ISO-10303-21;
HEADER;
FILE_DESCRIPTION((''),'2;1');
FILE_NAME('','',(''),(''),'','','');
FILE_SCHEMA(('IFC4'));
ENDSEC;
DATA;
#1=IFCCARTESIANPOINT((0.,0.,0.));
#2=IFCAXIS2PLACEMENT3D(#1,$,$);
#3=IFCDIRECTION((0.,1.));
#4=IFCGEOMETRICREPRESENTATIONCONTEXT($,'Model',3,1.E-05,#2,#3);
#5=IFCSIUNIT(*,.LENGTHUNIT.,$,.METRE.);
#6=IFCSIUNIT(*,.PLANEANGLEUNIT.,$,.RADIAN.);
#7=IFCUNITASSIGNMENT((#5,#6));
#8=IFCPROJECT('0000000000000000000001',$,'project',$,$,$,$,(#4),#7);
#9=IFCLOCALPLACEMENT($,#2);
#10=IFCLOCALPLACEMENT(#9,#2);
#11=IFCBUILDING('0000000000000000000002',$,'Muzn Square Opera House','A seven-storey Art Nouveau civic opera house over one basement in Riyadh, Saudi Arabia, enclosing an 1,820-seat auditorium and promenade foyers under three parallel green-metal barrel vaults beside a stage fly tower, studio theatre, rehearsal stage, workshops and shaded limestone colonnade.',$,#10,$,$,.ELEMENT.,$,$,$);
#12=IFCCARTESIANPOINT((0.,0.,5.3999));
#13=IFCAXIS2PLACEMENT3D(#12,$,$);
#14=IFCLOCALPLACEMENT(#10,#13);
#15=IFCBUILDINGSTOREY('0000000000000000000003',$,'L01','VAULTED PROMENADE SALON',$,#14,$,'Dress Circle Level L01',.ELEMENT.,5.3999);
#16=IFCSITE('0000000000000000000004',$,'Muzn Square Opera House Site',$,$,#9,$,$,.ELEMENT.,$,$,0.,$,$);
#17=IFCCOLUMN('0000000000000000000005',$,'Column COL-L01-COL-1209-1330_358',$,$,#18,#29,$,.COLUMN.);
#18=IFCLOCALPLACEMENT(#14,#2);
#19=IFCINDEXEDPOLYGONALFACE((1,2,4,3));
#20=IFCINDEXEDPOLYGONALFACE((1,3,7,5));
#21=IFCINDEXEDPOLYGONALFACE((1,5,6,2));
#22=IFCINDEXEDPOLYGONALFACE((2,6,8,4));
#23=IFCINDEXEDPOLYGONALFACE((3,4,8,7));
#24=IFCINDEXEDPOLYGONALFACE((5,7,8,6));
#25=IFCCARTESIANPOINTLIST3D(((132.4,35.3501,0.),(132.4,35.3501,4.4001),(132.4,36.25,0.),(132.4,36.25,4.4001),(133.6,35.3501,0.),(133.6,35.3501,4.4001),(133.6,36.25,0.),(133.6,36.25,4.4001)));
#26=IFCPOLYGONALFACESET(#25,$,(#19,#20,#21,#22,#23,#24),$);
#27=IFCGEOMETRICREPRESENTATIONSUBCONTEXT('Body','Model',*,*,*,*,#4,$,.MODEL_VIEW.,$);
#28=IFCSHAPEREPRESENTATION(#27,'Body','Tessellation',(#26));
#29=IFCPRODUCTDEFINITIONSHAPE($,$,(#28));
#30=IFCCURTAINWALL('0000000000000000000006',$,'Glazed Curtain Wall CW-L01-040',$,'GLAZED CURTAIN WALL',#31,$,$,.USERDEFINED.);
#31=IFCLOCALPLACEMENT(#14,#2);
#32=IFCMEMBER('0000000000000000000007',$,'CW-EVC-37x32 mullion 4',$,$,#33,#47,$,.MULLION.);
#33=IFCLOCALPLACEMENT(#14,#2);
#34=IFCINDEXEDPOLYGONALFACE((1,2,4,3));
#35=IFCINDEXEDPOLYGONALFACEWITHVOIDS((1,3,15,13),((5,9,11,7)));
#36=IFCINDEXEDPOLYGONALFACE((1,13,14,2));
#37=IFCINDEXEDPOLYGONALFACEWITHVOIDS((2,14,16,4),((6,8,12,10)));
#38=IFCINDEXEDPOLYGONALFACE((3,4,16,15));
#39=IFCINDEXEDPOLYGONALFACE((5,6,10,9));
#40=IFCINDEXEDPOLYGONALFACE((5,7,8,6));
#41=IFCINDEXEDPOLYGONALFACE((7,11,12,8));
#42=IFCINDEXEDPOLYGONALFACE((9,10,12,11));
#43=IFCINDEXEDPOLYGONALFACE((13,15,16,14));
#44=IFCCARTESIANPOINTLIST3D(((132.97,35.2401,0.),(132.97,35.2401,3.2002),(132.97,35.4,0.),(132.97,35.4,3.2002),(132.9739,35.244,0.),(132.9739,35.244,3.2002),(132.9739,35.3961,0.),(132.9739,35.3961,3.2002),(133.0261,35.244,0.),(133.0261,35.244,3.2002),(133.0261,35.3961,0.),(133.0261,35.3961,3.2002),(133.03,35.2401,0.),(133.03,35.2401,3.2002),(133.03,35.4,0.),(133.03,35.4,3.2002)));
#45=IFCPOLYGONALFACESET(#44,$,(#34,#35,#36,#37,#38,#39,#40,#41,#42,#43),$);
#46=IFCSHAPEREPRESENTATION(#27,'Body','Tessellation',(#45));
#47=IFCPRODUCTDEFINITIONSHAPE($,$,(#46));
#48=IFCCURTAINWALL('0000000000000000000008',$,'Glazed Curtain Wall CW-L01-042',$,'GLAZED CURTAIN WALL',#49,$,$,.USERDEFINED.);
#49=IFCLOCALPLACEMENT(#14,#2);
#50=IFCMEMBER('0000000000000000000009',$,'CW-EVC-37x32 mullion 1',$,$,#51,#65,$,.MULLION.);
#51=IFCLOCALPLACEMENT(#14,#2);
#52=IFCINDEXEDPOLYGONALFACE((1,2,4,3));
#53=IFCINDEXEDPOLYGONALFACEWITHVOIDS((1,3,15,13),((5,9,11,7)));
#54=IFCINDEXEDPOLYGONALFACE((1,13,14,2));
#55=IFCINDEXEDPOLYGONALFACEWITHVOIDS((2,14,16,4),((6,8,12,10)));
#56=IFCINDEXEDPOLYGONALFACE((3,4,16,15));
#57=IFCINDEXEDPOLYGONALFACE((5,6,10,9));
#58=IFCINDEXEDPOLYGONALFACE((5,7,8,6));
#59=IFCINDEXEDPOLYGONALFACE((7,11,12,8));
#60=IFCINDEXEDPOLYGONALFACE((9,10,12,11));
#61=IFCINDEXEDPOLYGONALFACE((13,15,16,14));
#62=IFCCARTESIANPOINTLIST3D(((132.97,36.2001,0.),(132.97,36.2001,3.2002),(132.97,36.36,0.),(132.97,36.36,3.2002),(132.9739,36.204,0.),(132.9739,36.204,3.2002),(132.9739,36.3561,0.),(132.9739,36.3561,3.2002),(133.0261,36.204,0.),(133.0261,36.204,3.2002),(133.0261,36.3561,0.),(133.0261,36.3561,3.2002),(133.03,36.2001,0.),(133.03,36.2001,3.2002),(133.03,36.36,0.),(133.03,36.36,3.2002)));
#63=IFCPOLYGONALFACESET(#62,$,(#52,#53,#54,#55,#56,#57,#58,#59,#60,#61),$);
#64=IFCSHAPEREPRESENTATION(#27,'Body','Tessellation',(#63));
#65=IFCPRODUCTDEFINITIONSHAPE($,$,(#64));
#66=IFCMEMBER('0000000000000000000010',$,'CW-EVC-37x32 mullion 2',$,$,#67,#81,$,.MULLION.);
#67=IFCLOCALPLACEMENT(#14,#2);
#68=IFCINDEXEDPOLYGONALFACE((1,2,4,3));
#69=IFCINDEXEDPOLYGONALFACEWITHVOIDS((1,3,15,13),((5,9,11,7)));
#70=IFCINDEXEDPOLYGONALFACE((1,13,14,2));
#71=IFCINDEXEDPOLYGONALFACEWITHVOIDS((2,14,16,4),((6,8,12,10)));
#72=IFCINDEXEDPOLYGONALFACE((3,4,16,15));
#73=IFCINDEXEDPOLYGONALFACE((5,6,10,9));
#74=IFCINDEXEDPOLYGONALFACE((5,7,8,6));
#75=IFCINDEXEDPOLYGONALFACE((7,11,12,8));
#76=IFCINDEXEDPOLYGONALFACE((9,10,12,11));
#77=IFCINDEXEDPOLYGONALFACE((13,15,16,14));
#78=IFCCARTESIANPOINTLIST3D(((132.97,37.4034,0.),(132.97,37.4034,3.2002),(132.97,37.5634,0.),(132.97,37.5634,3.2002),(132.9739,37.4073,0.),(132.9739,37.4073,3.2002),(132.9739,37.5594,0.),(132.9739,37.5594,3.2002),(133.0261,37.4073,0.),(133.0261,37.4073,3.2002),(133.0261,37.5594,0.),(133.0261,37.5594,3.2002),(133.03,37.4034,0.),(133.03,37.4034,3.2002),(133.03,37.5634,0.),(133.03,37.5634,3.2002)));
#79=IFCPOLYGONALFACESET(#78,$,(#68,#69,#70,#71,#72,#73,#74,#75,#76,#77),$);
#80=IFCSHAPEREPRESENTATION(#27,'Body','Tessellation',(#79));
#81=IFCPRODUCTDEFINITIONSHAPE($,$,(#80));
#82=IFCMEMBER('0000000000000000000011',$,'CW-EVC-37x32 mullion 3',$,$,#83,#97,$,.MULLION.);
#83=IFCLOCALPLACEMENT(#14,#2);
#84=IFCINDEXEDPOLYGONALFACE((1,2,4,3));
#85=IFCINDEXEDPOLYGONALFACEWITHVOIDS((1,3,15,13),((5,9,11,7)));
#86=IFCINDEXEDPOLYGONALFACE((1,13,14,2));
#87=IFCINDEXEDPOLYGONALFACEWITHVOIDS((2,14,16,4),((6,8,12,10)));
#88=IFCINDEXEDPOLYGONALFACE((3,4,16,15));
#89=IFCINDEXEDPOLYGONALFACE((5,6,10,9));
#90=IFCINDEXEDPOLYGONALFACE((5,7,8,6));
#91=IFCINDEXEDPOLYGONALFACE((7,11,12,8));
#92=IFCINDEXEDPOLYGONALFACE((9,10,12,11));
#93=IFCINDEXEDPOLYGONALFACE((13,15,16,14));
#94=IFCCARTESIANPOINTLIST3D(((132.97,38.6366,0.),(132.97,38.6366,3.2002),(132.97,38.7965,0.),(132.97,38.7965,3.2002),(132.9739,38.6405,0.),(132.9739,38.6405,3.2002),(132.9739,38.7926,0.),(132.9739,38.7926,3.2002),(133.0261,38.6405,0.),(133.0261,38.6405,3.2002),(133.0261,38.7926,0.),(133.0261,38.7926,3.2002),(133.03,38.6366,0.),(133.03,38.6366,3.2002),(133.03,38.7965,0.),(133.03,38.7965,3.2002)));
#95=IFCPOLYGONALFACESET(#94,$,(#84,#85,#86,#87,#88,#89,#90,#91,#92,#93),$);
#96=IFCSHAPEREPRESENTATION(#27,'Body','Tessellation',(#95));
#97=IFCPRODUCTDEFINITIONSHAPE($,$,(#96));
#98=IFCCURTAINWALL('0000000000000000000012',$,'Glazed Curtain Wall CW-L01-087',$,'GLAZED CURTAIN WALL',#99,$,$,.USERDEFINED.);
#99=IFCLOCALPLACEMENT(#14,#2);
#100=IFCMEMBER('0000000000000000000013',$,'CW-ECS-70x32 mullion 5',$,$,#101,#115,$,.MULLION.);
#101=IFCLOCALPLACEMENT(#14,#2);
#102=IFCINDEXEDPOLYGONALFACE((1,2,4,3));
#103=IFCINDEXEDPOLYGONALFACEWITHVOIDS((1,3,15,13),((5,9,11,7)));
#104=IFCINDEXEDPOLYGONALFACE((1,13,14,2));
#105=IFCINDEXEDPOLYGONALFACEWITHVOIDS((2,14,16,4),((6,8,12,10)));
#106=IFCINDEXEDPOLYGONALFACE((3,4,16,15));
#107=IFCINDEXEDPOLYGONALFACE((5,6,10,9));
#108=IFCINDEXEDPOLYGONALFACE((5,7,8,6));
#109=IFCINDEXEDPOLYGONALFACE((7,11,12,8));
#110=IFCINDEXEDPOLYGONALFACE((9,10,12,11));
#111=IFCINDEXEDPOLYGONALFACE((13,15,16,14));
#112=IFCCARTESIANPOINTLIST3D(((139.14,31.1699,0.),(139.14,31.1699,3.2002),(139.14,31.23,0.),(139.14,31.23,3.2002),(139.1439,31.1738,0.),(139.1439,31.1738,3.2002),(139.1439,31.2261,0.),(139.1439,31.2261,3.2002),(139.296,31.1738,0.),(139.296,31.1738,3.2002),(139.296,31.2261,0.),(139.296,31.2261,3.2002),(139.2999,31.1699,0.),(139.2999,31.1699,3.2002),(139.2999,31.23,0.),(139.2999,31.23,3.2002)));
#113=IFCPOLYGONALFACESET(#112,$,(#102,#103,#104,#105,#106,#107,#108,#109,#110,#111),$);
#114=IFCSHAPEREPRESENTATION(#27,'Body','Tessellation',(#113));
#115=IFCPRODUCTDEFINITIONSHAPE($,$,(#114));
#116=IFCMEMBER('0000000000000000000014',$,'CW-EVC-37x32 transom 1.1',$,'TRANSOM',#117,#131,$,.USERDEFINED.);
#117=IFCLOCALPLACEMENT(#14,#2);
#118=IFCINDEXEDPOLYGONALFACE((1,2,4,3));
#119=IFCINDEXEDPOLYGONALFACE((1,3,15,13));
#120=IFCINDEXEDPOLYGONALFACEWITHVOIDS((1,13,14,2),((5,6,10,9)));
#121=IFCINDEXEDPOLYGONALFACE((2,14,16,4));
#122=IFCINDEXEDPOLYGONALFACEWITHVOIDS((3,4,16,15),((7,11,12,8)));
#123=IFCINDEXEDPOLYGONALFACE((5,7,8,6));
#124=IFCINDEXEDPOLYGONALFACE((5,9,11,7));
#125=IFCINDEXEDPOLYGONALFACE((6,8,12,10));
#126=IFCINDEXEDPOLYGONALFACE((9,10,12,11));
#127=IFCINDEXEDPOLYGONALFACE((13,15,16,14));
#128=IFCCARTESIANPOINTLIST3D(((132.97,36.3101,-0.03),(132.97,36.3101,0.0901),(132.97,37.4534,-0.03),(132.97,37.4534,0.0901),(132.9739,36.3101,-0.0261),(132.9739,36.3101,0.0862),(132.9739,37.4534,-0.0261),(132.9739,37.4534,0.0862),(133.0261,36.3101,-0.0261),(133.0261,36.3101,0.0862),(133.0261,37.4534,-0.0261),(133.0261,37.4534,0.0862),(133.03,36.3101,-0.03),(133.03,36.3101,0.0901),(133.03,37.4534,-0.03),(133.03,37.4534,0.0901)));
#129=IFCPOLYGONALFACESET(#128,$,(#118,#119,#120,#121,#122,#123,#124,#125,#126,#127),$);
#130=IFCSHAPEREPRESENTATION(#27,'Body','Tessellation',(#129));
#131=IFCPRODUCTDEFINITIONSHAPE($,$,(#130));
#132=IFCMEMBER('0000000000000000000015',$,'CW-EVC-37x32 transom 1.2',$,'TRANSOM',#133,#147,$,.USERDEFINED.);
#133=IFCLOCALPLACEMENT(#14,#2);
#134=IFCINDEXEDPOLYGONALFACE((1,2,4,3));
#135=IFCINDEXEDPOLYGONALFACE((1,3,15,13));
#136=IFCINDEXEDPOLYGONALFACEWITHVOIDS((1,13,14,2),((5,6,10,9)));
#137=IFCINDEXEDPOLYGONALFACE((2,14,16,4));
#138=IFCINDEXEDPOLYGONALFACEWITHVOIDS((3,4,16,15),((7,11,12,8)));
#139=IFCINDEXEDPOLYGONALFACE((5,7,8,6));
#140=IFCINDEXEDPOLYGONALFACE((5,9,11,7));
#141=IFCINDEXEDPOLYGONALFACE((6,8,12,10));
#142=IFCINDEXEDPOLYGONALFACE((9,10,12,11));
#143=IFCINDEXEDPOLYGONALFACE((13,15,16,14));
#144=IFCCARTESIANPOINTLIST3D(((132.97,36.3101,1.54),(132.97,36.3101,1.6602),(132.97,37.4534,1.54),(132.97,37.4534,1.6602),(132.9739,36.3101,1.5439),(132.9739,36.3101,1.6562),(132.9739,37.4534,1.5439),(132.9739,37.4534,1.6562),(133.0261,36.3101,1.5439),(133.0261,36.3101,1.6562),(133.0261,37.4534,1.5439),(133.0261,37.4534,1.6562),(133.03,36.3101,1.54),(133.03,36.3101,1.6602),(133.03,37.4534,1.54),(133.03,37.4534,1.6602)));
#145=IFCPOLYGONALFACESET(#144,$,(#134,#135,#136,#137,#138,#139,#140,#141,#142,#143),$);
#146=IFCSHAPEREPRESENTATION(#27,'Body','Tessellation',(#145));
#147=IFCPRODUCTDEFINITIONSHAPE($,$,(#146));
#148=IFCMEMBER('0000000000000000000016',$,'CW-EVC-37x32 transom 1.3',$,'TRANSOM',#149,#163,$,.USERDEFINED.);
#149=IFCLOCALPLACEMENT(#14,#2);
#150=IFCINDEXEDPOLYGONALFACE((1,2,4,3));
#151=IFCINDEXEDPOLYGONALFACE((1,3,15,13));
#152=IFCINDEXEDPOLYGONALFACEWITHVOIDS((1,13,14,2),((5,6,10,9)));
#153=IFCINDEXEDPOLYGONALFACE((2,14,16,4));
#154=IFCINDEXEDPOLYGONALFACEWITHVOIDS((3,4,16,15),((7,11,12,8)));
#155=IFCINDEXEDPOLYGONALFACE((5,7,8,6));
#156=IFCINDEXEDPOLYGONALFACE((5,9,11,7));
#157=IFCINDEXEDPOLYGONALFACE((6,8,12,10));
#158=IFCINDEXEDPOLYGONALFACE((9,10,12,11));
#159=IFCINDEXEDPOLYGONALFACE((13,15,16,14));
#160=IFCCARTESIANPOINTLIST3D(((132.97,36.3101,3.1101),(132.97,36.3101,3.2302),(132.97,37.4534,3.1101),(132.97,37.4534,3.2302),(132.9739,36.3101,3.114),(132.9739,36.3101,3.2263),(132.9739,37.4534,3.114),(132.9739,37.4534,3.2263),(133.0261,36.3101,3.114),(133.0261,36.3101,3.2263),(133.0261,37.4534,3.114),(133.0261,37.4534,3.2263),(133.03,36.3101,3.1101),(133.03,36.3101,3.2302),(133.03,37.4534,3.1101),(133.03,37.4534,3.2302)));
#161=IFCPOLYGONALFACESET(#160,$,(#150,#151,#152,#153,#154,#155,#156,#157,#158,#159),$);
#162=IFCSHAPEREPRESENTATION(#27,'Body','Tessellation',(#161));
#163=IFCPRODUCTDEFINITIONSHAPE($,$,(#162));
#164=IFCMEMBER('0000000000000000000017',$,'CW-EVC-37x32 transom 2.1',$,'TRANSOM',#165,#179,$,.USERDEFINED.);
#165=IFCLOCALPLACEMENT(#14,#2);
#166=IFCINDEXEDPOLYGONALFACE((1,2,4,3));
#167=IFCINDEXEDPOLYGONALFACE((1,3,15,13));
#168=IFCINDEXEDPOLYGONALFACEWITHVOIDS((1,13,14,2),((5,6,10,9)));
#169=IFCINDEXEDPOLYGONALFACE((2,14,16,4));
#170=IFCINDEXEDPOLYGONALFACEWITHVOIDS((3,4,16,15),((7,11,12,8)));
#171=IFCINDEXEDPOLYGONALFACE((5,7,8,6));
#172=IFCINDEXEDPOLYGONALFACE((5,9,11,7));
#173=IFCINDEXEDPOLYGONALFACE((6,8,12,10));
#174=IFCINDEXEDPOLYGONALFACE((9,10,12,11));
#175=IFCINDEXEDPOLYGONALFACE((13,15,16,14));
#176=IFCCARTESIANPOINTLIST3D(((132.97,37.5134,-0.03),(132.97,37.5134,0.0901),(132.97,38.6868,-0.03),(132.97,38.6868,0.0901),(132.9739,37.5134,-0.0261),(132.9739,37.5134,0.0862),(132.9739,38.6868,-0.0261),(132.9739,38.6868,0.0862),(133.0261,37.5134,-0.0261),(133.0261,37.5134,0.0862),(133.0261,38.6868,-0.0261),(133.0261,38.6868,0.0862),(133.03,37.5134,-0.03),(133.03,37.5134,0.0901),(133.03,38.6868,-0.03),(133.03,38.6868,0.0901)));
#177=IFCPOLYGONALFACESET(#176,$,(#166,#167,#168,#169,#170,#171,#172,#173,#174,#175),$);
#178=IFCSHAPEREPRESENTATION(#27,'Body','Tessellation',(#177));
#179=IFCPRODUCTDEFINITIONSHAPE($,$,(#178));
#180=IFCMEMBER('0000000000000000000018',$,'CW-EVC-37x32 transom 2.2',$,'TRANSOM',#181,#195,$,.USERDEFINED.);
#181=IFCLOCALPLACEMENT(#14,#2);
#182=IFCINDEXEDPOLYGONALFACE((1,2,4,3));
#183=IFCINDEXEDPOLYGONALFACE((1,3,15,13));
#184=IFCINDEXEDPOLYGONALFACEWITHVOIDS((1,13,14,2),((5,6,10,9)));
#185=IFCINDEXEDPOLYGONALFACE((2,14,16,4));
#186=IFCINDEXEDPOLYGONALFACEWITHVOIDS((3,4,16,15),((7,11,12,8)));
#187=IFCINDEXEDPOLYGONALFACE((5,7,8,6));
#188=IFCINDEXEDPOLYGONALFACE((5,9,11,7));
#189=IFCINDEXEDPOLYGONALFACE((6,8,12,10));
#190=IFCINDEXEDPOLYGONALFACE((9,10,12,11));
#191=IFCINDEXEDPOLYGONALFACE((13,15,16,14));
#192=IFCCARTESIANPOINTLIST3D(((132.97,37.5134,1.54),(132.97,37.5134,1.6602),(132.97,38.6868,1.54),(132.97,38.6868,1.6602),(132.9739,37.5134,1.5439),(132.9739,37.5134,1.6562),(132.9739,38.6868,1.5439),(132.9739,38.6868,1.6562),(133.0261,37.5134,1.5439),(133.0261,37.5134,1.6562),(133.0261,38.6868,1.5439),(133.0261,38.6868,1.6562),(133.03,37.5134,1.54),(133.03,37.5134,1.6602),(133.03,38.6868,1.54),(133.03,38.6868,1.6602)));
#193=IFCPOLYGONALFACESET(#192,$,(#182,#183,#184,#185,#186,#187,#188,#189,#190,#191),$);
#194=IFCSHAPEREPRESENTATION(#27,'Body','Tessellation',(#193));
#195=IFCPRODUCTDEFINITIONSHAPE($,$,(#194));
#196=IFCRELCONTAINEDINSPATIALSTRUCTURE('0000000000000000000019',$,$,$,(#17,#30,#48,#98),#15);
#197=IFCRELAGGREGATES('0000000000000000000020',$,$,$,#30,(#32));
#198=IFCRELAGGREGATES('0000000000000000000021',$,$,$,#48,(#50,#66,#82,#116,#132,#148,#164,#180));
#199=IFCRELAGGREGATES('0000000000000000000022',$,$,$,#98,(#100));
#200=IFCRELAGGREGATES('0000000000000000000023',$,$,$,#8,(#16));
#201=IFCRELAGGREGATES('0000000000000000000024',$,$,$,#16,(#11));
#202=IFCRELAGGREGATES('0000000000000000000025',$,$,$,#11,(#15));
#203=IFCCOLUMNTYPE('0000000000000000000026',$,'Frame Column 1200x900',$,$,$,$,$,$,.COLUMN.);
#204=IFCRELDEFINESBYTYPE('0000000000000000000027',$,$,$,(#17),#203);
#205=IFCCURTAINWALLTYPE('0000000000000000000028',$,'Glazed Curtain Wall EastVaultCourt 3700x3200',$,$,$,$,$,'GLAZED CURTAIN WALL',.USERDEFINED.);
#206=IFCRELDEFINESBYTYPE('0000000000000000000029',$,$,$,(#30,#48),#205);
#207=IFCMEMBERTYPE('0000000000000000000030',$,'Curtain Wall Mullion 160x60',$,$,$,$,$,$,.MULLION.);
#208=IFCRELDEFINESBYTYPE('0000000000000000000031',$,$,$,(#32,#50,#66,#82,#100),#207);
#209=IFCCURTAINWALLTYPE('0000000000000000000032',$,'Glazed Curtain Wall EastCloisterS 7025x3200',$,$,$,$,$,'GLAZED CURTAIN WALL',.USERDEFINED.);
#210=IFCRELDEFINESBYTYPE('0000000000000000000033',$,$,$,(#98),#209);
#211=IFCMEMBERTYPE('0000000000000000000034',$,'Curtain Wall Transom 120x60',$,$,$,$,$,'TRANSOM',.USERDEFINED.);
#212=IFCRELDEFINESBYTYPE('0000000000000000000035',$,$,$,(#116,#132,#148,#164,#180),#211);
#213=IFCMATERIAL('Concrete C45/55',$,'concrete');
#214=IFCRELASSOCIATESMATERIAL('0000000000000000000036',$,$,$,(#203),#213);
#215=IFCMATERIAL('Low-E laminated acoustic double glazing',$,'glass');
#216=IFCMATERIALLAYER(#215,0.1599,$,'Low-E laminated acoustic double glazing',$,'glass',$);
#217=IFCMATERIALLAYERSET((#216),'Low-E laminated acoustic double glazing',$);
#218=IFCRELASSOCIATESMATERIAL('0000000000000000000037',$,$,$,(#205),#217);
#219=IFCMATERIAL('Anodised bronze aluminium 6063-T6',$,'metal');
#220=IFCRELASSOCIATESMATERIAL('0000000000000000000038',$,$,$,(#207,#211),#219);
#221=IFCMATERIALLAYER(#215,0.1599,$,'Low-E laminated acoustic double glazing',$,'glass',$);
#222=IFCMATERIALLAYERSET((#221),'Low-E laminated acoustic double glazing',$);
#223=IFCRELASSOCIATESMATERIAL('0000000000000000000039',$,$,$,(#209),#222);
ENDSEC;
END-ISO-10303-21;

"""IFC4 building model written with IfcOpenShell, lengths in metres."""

from ifc_helpers import new_model, si_unit, direction, frame, origin, origin_2d, place, context, subcontext, project, spatial, rectangle, hollow_rectangle, extrude, material, layer, layer_set, material_profile, profile_set, type_object, element, aggregate, save


model = new_model("IFC4")

# Units and contexts
model_context = context("Model", 3, precision=1e-05, world=origin(), true_north=direction((0.0, 1.0)))
body_context = subcontext(model_context, "Body", "Model", "MODEL_VIEW")
ifc_project = project(units=[si_unit("LENGTHUNIT", "METRE"), si_unit("PLANEANGLEUNIT", "RADIAN")], contexts=[model_context])

# Site, building, storey
site_placement = place(None, origin())
site = spatial("IfcSite", under=ifc_project, at=site_placement, Name="Muzn Square Opera House Site", CompositionType="ELEMENT", RefElevation=0.0)
building_placement = place(site_placement, origin())
building = spatial("IfcBuilding", under=site, at=building_placement, Name="Muzn Square Opera House", Description="A seven-storey Art Nouveau civic opera house over one basement in Riyadh, Saudi Arabia, enclosing an 1,820-seat auditorium and promenade foyers under three parallel green-metal barrel vaults beside a stage fly tower, studio theatre, rehearsal stage, workshops and shaded limestone colonnade.", CompositionType="ELEMENT")
storey_placement = place(building_placement, frame((0.0, 0.0, 5.3999)))
storey = spatial("IfcBuildingStorey", under=building, at=storey_placement, Name="L01", Description="VAULTED PROMENADE SALON", LongName="Dress Circle Level L01", CompositionType="ELEMENT", Elevation=5.3999)

# Column
ifc_material_1 = material(Name="Concrete C45/55", Category="concrete")
ifc_material_profile_1 = material_profile(ifc_material_1, rectangle(XDim=1.2, YDim=0.8999, at=origin_2d()), Name="RC 1200x900", Category="concrete")
ifc_profile_set_1 = profile_set([ifc_material_profile_1], Name="Concrete C45/55")
column_type = type_object("IfcColumnType", Name="Frame Column 1200x900", PredefinedType="COLUMN", material=ifc_profile_set_1)
column_placement = place(storey_placement, frame((133.0, 35.8, 0.0), z_axis=(0.0, 0.0, 1.0), x_axis=(1.0, 0.0, 0.0)))
element("IfcColumn", 1, at=column_placement, inside=storey, type_object=column_type, Name="Column COL-L01-COL-1209-1330_358", PredefinedType="COLUMN", context=body_context, shape_type="SweptSolid", body=[
    extrude(rectangle(XDim=1.2, YDim=0.8999, at=origin_2d()), origin(), (0.0, 0.0, 1.0), 4.4001),
])

# Curtain wall, member
ifc_material_2 = material(Name="Low-E laminated acoustic double glazing", Category="glass")
ifc_layer_1 = layer(ifc_material_2, 0.1599, Name="Low-E laminated acoustic double glazing", Category="glass")
ifc_layer_set_1 = layer_set([ifc_layer_1], Name="Low-E laminated acoustic double glazing")
curtain_wall_type_1 = type_object("IfcCurtainWallType", Name="Glazed Curtain Wall EastVaultCourt 3700x3200", ElementType="GLAZED CURTAIN WALL", PredefinedType="USERDEFINED", material=ifc_layer_set_1)
curtain_wall_1_placement = place(storey_placement, origin())
curtain_wall_1 = element("IfcCurtainWall", 2, at=curtain_wall_1_placement, inside=storey, type_object=curtain_wall_type_1, Name="Glazed Curtain Wall CW-L01-040", ObjectType="GLAZED CURTAIN WALL", PredefinedType="USERDEFINED")
ifc_material_3 = material(Name="Anodised bronze aluminium 6063-T6", Category="metal")
ifc_material_profile_2 = material_profile(ifc_material_3, hollow_rectangle(XDim=0.0601, YDim=0.1599, WallThickness=0.0039, at=origin_2d()), Name="ALU 160x60x4", Category="metal")
ifc_profile_set_2 = profile_set([ifc_material_profile_2], Name="Anodised bronze aluminium 6063-T6")
member_type_1 = type_object("IfcMemberType", Name="Curtain Wall Mullion 160x60", PredefinedType="MULLION", material=ifc_profile_set_2)
member_1_placement = place(storey_placement, frame((133.0, 35.3201, 0.0), z_axis=(0.0, 0.0, 1.0), x_axis=(-1.0, 0.0, 0.0)))
member_1 = element("IfcMember", 3, at=member_1_placement, type_object=member_type_1, Name="CW-EVC-37x32 mullion 4", PredefinedType="MULLION", context=body_context, shape_type="SweptSolid", body=[
    extrude(hollow_rectangle(XDim=0.0601, YDim=0.1599, WallThickness=0.0039, at=origin_2d()), origin(), (0.0, 0.0, 1.0), 3.2002),
])

# Curtain wall, members
curtain_wall_2_placement = place(storey_placement, origin())
curtain_wall_2 = element("IfcCurtainWall", 4, at=curtain_wall_2_placement, inside=storey, type_object=curtain_wall_type_1, Name="Glazed Curtain Wall CW-L01-042", ObjectType="GLAZED CURTAIN WALL", PredefinedType="USERDEFINED")
member_2_placement = place(storey_placement, frame((133.0, 36.28, 0.0), z_axis=(0.0, 0.0, 1.0), x_axis=(-1.0, 0.0, 0.0)))
member_2 = element("IfcMember", 5, at=member_2_placement, type_object=member_type_1, Name="CW-EVC-37x32 mullion 1", PredefinedType="MULLION", context=body_context, shape_type="SweptSolid", body=[
    extrude(hollow_rectangle(XDim=0.0601, YDim=0.1599, WallThickness=0.0039, at=origin_2d()), origin(), (0.0, 0.0, 1.0), 3.2002),
])
member_3_placement = place(storey_placement, frame((133.0, 37.4834, 0.0), z_axis=(0.0, 0.0, 1.0), x_axis=(-1.0, 0.0, 0.0)))
member_3 = element("IfcMember", 6, at=member_3_placement, type_object=member_type_1, Name="CW-EVC-37x32 mullion 2", PredefinedType="MULLION", context=body_context, shape_type="SweptSolid", body=[
    extrude(hollow_rectangle(XDim=0.0601, YDim=0.1599, WallThickness=0.0039, at=origin_2d()), origin(), (0.0, 0.0, 1.0), 3.2002),
])
member_4_placement = place(storey_placement, frame((133.0, 38.7166, 0.0), z_axis=(0.0, 0.0, 1.0), x_axis=(-1.0, 0.0, 0.0)))
member_4 = element("IfcMember", 7, at=member_4_placement, type_object=member_type_1, Name="CW-EVC-37x32 mullion 3", PredefinedType="MULLION", context=body_context, shape_type="SweptSolid", body=[
    extrude(hollow_rectangle(XDim=0.0601, YDim=0.1599, WallThickness=0.0039, at=origin_2d()), origin(), (0.0, 0.0, 1.0), 3.2002),
])

# Curtain wall, member
ifc_layer_2 = layer(ifc_material_2, 0.1599, Name="Low-E laminated acoustic double glazing", Category="glass")
ifc_layer_set_2 = layer_set([ifc_layer_2], Name="Low-E laminated acoustic double glazing")
curtain_wall_type_2 = type_object("IfcCurtainWallType", Name="Glazed Curtain Wall EastCloisterS 7025x3200", ElementType="GLAZED CURTAIN WALL", PredefinedType="USERDEFINED", material=ifc_layer_set_2)
curtain_wall_3_placement = place(storey_placement, origin())
curtain_wall_3 = element("IfcCurtainWall", 8, at=curtain_wall_3_placement, inside=storey, type_object=curtain_wall_type_2, Name="Glazed Curtain Wall CW-L01-087", ObjectType="GLAZED CURTAIN WALL", PredefinedType="USERDEFINED")
member_5_placement = place(storey_placement, frame((139.22, 31.2, 0.0), z_axis=(0.0, 0.0, 1.0), x_axis=(0.0, 1.0, 0.0)))
member_5 = element("IfcMember", 9, at=member_5_placement, type_object=member_type_1, Name="CW-ECS-70x32 mullion 5", PredefinedType="MULLION", context=body_context, shape_type="SweptSolid", body=[
    extrude(hollow_rectangle(XDim=0.0601, YDim=0.1599, WallThickness=0.0039, at=origin_2d()), origin(), (0.0, 0.0, 1.0), 3.2002),
])

# Members
ifc_material_profile_3 = material_profile(ifc_material_3, hollow_rectangle(XDim=0.0601, YDim=0.1201, WallThickness=0.0039, at=origin_2d()), Name="ALU 120x60x4", Category="metal")
ifc_profile_set_3 = profile_set([ifc_material_profile_3], Name="Anodised bronze aluminium 6063-T6")
member_type_2 = type_object("IfcMemberType", Name="Curtain Wall Transom 120x60", ElementType="TRANSOM", PredefinedType="USERDEFINED", material=ifc_profile_set_3)
member_6_placement = place(storey_placement, frame((133.0, 36.3101, 0.03), z_axis=(0.0, 1.0, 0.0), x_axis=(-1.0, 0.0, 0.0)))
member_6 = element("IfcMember", 10, at=member_6_placement, type_object=member_type_2, Name="CW-EVC-37x32 transom 1.1", ObjectType="TRANSOM", PredefinedType="USERDEFINED", context=body_context, shape_type="SweptSolid", body=[
    extrude(hollow_rectangle(XDim=0.0601, YDim=0.1201, WallThickness=0.0039, at=origin_2d()), origin(), (0.0, 0.0, 1.0), 1.1433),
])
member_7_placement = place(storey_placement, frame((133.0, 36.3101, 1.6001), z_axis=(0.0, 1.0, 0.0), x_axis=(-1.0, 0.0, 0.0)))
member_7 = element("IfcMember", 11, at=member_7_placement, type_object=member_type_2, Name="CW-EVC-37x32 transom 1.2", ObjectType="TRANSOM", PredefinedType="USERDEFINED", context=body_context, shape_type="SweptSolid", body=[
    extrude(hollow_rectangle(XDim=0.0601, YDim=0.1201, WallThickness=0.0039, at=origin_2d()), origin(), (0.0, 0.0, 1.0), 1.1433),
])
member_8_placement = place(storey_placement, frame((133.0, 36.3101, 3.1702), z_axis=(0.0, 1.0, 0.0), x_axis=(-1.0, 0.0, 0.0)))
member_8 = element("IfcMember", 12, at=member_8_placement, type_object=member_type_2, Name="CW-EVC-37x32 transom 1.3", ObjectType="TRANSOM", PredefinedType="USERDEFINED", context=body_context, shape_type="SweptSolid", body=[
    extrude(hollow_rectangle(XDim=0.0601, YDim=0.1201, WallThickness=0.0039, at=origin_2d()), origin(), (0.0, 0.0, 1.0), 1.1433),
])
member_9_placement = place(storey_placement, frame((133.0, 37.5134, 0.03), z_axis=(0.0, 1.0, 0.0), x_axis=(-1.0, 0.0, 0.0)))
member_9 = element("IfcMember", 13, at=member_9_placement, type_object=member_type_2, Name="CW-EVC-37x32 transom 2.1", ObjectType="TRANSOM", PredefinedType="USERDEFINED", context=body_context, shape_type="SweptSolid", body=[
    extrude(hollow_rectangle(XDim=0.0601, YDim=0.1201, WallThickness=0.0039, at=origin_2d()), origin(), (0.0, 0.0, 1.0), 1.1733),
])
member_10_placement = place(storey_placement, frame((133.0, 37.5134, 1.6001), z_axis=(0.0, 1.0, 0.0), x_axis=(-1.0, 0.0, 0.0)))
member_10 = element("IfcMember", 14, at=member_10_placement, type_object=member_type_2, Name="CW-EVC-37x32 transom 2.2", ObjectType="TRANSOM", PredefinedType="USERDEFINED", context=body_context, shape_type="SweptSolid", body=[
    extrude(hollow_rectangle(XDim=0.0601, YDim=0.1201, WallThickness=0.0039, at=origin_2d()), origin(), (0.0, 0.0, 1.0), 1.1733),
])

aggregate(curtain_wall_1, [member_1])
aggregate(curtain_wall_2, [member_2, member_3, member_4, member_6, member_7, member_8, member_9, member_10])
aggregate(curtain_wall_3, [member_5])

save(model, "model.ifc")
